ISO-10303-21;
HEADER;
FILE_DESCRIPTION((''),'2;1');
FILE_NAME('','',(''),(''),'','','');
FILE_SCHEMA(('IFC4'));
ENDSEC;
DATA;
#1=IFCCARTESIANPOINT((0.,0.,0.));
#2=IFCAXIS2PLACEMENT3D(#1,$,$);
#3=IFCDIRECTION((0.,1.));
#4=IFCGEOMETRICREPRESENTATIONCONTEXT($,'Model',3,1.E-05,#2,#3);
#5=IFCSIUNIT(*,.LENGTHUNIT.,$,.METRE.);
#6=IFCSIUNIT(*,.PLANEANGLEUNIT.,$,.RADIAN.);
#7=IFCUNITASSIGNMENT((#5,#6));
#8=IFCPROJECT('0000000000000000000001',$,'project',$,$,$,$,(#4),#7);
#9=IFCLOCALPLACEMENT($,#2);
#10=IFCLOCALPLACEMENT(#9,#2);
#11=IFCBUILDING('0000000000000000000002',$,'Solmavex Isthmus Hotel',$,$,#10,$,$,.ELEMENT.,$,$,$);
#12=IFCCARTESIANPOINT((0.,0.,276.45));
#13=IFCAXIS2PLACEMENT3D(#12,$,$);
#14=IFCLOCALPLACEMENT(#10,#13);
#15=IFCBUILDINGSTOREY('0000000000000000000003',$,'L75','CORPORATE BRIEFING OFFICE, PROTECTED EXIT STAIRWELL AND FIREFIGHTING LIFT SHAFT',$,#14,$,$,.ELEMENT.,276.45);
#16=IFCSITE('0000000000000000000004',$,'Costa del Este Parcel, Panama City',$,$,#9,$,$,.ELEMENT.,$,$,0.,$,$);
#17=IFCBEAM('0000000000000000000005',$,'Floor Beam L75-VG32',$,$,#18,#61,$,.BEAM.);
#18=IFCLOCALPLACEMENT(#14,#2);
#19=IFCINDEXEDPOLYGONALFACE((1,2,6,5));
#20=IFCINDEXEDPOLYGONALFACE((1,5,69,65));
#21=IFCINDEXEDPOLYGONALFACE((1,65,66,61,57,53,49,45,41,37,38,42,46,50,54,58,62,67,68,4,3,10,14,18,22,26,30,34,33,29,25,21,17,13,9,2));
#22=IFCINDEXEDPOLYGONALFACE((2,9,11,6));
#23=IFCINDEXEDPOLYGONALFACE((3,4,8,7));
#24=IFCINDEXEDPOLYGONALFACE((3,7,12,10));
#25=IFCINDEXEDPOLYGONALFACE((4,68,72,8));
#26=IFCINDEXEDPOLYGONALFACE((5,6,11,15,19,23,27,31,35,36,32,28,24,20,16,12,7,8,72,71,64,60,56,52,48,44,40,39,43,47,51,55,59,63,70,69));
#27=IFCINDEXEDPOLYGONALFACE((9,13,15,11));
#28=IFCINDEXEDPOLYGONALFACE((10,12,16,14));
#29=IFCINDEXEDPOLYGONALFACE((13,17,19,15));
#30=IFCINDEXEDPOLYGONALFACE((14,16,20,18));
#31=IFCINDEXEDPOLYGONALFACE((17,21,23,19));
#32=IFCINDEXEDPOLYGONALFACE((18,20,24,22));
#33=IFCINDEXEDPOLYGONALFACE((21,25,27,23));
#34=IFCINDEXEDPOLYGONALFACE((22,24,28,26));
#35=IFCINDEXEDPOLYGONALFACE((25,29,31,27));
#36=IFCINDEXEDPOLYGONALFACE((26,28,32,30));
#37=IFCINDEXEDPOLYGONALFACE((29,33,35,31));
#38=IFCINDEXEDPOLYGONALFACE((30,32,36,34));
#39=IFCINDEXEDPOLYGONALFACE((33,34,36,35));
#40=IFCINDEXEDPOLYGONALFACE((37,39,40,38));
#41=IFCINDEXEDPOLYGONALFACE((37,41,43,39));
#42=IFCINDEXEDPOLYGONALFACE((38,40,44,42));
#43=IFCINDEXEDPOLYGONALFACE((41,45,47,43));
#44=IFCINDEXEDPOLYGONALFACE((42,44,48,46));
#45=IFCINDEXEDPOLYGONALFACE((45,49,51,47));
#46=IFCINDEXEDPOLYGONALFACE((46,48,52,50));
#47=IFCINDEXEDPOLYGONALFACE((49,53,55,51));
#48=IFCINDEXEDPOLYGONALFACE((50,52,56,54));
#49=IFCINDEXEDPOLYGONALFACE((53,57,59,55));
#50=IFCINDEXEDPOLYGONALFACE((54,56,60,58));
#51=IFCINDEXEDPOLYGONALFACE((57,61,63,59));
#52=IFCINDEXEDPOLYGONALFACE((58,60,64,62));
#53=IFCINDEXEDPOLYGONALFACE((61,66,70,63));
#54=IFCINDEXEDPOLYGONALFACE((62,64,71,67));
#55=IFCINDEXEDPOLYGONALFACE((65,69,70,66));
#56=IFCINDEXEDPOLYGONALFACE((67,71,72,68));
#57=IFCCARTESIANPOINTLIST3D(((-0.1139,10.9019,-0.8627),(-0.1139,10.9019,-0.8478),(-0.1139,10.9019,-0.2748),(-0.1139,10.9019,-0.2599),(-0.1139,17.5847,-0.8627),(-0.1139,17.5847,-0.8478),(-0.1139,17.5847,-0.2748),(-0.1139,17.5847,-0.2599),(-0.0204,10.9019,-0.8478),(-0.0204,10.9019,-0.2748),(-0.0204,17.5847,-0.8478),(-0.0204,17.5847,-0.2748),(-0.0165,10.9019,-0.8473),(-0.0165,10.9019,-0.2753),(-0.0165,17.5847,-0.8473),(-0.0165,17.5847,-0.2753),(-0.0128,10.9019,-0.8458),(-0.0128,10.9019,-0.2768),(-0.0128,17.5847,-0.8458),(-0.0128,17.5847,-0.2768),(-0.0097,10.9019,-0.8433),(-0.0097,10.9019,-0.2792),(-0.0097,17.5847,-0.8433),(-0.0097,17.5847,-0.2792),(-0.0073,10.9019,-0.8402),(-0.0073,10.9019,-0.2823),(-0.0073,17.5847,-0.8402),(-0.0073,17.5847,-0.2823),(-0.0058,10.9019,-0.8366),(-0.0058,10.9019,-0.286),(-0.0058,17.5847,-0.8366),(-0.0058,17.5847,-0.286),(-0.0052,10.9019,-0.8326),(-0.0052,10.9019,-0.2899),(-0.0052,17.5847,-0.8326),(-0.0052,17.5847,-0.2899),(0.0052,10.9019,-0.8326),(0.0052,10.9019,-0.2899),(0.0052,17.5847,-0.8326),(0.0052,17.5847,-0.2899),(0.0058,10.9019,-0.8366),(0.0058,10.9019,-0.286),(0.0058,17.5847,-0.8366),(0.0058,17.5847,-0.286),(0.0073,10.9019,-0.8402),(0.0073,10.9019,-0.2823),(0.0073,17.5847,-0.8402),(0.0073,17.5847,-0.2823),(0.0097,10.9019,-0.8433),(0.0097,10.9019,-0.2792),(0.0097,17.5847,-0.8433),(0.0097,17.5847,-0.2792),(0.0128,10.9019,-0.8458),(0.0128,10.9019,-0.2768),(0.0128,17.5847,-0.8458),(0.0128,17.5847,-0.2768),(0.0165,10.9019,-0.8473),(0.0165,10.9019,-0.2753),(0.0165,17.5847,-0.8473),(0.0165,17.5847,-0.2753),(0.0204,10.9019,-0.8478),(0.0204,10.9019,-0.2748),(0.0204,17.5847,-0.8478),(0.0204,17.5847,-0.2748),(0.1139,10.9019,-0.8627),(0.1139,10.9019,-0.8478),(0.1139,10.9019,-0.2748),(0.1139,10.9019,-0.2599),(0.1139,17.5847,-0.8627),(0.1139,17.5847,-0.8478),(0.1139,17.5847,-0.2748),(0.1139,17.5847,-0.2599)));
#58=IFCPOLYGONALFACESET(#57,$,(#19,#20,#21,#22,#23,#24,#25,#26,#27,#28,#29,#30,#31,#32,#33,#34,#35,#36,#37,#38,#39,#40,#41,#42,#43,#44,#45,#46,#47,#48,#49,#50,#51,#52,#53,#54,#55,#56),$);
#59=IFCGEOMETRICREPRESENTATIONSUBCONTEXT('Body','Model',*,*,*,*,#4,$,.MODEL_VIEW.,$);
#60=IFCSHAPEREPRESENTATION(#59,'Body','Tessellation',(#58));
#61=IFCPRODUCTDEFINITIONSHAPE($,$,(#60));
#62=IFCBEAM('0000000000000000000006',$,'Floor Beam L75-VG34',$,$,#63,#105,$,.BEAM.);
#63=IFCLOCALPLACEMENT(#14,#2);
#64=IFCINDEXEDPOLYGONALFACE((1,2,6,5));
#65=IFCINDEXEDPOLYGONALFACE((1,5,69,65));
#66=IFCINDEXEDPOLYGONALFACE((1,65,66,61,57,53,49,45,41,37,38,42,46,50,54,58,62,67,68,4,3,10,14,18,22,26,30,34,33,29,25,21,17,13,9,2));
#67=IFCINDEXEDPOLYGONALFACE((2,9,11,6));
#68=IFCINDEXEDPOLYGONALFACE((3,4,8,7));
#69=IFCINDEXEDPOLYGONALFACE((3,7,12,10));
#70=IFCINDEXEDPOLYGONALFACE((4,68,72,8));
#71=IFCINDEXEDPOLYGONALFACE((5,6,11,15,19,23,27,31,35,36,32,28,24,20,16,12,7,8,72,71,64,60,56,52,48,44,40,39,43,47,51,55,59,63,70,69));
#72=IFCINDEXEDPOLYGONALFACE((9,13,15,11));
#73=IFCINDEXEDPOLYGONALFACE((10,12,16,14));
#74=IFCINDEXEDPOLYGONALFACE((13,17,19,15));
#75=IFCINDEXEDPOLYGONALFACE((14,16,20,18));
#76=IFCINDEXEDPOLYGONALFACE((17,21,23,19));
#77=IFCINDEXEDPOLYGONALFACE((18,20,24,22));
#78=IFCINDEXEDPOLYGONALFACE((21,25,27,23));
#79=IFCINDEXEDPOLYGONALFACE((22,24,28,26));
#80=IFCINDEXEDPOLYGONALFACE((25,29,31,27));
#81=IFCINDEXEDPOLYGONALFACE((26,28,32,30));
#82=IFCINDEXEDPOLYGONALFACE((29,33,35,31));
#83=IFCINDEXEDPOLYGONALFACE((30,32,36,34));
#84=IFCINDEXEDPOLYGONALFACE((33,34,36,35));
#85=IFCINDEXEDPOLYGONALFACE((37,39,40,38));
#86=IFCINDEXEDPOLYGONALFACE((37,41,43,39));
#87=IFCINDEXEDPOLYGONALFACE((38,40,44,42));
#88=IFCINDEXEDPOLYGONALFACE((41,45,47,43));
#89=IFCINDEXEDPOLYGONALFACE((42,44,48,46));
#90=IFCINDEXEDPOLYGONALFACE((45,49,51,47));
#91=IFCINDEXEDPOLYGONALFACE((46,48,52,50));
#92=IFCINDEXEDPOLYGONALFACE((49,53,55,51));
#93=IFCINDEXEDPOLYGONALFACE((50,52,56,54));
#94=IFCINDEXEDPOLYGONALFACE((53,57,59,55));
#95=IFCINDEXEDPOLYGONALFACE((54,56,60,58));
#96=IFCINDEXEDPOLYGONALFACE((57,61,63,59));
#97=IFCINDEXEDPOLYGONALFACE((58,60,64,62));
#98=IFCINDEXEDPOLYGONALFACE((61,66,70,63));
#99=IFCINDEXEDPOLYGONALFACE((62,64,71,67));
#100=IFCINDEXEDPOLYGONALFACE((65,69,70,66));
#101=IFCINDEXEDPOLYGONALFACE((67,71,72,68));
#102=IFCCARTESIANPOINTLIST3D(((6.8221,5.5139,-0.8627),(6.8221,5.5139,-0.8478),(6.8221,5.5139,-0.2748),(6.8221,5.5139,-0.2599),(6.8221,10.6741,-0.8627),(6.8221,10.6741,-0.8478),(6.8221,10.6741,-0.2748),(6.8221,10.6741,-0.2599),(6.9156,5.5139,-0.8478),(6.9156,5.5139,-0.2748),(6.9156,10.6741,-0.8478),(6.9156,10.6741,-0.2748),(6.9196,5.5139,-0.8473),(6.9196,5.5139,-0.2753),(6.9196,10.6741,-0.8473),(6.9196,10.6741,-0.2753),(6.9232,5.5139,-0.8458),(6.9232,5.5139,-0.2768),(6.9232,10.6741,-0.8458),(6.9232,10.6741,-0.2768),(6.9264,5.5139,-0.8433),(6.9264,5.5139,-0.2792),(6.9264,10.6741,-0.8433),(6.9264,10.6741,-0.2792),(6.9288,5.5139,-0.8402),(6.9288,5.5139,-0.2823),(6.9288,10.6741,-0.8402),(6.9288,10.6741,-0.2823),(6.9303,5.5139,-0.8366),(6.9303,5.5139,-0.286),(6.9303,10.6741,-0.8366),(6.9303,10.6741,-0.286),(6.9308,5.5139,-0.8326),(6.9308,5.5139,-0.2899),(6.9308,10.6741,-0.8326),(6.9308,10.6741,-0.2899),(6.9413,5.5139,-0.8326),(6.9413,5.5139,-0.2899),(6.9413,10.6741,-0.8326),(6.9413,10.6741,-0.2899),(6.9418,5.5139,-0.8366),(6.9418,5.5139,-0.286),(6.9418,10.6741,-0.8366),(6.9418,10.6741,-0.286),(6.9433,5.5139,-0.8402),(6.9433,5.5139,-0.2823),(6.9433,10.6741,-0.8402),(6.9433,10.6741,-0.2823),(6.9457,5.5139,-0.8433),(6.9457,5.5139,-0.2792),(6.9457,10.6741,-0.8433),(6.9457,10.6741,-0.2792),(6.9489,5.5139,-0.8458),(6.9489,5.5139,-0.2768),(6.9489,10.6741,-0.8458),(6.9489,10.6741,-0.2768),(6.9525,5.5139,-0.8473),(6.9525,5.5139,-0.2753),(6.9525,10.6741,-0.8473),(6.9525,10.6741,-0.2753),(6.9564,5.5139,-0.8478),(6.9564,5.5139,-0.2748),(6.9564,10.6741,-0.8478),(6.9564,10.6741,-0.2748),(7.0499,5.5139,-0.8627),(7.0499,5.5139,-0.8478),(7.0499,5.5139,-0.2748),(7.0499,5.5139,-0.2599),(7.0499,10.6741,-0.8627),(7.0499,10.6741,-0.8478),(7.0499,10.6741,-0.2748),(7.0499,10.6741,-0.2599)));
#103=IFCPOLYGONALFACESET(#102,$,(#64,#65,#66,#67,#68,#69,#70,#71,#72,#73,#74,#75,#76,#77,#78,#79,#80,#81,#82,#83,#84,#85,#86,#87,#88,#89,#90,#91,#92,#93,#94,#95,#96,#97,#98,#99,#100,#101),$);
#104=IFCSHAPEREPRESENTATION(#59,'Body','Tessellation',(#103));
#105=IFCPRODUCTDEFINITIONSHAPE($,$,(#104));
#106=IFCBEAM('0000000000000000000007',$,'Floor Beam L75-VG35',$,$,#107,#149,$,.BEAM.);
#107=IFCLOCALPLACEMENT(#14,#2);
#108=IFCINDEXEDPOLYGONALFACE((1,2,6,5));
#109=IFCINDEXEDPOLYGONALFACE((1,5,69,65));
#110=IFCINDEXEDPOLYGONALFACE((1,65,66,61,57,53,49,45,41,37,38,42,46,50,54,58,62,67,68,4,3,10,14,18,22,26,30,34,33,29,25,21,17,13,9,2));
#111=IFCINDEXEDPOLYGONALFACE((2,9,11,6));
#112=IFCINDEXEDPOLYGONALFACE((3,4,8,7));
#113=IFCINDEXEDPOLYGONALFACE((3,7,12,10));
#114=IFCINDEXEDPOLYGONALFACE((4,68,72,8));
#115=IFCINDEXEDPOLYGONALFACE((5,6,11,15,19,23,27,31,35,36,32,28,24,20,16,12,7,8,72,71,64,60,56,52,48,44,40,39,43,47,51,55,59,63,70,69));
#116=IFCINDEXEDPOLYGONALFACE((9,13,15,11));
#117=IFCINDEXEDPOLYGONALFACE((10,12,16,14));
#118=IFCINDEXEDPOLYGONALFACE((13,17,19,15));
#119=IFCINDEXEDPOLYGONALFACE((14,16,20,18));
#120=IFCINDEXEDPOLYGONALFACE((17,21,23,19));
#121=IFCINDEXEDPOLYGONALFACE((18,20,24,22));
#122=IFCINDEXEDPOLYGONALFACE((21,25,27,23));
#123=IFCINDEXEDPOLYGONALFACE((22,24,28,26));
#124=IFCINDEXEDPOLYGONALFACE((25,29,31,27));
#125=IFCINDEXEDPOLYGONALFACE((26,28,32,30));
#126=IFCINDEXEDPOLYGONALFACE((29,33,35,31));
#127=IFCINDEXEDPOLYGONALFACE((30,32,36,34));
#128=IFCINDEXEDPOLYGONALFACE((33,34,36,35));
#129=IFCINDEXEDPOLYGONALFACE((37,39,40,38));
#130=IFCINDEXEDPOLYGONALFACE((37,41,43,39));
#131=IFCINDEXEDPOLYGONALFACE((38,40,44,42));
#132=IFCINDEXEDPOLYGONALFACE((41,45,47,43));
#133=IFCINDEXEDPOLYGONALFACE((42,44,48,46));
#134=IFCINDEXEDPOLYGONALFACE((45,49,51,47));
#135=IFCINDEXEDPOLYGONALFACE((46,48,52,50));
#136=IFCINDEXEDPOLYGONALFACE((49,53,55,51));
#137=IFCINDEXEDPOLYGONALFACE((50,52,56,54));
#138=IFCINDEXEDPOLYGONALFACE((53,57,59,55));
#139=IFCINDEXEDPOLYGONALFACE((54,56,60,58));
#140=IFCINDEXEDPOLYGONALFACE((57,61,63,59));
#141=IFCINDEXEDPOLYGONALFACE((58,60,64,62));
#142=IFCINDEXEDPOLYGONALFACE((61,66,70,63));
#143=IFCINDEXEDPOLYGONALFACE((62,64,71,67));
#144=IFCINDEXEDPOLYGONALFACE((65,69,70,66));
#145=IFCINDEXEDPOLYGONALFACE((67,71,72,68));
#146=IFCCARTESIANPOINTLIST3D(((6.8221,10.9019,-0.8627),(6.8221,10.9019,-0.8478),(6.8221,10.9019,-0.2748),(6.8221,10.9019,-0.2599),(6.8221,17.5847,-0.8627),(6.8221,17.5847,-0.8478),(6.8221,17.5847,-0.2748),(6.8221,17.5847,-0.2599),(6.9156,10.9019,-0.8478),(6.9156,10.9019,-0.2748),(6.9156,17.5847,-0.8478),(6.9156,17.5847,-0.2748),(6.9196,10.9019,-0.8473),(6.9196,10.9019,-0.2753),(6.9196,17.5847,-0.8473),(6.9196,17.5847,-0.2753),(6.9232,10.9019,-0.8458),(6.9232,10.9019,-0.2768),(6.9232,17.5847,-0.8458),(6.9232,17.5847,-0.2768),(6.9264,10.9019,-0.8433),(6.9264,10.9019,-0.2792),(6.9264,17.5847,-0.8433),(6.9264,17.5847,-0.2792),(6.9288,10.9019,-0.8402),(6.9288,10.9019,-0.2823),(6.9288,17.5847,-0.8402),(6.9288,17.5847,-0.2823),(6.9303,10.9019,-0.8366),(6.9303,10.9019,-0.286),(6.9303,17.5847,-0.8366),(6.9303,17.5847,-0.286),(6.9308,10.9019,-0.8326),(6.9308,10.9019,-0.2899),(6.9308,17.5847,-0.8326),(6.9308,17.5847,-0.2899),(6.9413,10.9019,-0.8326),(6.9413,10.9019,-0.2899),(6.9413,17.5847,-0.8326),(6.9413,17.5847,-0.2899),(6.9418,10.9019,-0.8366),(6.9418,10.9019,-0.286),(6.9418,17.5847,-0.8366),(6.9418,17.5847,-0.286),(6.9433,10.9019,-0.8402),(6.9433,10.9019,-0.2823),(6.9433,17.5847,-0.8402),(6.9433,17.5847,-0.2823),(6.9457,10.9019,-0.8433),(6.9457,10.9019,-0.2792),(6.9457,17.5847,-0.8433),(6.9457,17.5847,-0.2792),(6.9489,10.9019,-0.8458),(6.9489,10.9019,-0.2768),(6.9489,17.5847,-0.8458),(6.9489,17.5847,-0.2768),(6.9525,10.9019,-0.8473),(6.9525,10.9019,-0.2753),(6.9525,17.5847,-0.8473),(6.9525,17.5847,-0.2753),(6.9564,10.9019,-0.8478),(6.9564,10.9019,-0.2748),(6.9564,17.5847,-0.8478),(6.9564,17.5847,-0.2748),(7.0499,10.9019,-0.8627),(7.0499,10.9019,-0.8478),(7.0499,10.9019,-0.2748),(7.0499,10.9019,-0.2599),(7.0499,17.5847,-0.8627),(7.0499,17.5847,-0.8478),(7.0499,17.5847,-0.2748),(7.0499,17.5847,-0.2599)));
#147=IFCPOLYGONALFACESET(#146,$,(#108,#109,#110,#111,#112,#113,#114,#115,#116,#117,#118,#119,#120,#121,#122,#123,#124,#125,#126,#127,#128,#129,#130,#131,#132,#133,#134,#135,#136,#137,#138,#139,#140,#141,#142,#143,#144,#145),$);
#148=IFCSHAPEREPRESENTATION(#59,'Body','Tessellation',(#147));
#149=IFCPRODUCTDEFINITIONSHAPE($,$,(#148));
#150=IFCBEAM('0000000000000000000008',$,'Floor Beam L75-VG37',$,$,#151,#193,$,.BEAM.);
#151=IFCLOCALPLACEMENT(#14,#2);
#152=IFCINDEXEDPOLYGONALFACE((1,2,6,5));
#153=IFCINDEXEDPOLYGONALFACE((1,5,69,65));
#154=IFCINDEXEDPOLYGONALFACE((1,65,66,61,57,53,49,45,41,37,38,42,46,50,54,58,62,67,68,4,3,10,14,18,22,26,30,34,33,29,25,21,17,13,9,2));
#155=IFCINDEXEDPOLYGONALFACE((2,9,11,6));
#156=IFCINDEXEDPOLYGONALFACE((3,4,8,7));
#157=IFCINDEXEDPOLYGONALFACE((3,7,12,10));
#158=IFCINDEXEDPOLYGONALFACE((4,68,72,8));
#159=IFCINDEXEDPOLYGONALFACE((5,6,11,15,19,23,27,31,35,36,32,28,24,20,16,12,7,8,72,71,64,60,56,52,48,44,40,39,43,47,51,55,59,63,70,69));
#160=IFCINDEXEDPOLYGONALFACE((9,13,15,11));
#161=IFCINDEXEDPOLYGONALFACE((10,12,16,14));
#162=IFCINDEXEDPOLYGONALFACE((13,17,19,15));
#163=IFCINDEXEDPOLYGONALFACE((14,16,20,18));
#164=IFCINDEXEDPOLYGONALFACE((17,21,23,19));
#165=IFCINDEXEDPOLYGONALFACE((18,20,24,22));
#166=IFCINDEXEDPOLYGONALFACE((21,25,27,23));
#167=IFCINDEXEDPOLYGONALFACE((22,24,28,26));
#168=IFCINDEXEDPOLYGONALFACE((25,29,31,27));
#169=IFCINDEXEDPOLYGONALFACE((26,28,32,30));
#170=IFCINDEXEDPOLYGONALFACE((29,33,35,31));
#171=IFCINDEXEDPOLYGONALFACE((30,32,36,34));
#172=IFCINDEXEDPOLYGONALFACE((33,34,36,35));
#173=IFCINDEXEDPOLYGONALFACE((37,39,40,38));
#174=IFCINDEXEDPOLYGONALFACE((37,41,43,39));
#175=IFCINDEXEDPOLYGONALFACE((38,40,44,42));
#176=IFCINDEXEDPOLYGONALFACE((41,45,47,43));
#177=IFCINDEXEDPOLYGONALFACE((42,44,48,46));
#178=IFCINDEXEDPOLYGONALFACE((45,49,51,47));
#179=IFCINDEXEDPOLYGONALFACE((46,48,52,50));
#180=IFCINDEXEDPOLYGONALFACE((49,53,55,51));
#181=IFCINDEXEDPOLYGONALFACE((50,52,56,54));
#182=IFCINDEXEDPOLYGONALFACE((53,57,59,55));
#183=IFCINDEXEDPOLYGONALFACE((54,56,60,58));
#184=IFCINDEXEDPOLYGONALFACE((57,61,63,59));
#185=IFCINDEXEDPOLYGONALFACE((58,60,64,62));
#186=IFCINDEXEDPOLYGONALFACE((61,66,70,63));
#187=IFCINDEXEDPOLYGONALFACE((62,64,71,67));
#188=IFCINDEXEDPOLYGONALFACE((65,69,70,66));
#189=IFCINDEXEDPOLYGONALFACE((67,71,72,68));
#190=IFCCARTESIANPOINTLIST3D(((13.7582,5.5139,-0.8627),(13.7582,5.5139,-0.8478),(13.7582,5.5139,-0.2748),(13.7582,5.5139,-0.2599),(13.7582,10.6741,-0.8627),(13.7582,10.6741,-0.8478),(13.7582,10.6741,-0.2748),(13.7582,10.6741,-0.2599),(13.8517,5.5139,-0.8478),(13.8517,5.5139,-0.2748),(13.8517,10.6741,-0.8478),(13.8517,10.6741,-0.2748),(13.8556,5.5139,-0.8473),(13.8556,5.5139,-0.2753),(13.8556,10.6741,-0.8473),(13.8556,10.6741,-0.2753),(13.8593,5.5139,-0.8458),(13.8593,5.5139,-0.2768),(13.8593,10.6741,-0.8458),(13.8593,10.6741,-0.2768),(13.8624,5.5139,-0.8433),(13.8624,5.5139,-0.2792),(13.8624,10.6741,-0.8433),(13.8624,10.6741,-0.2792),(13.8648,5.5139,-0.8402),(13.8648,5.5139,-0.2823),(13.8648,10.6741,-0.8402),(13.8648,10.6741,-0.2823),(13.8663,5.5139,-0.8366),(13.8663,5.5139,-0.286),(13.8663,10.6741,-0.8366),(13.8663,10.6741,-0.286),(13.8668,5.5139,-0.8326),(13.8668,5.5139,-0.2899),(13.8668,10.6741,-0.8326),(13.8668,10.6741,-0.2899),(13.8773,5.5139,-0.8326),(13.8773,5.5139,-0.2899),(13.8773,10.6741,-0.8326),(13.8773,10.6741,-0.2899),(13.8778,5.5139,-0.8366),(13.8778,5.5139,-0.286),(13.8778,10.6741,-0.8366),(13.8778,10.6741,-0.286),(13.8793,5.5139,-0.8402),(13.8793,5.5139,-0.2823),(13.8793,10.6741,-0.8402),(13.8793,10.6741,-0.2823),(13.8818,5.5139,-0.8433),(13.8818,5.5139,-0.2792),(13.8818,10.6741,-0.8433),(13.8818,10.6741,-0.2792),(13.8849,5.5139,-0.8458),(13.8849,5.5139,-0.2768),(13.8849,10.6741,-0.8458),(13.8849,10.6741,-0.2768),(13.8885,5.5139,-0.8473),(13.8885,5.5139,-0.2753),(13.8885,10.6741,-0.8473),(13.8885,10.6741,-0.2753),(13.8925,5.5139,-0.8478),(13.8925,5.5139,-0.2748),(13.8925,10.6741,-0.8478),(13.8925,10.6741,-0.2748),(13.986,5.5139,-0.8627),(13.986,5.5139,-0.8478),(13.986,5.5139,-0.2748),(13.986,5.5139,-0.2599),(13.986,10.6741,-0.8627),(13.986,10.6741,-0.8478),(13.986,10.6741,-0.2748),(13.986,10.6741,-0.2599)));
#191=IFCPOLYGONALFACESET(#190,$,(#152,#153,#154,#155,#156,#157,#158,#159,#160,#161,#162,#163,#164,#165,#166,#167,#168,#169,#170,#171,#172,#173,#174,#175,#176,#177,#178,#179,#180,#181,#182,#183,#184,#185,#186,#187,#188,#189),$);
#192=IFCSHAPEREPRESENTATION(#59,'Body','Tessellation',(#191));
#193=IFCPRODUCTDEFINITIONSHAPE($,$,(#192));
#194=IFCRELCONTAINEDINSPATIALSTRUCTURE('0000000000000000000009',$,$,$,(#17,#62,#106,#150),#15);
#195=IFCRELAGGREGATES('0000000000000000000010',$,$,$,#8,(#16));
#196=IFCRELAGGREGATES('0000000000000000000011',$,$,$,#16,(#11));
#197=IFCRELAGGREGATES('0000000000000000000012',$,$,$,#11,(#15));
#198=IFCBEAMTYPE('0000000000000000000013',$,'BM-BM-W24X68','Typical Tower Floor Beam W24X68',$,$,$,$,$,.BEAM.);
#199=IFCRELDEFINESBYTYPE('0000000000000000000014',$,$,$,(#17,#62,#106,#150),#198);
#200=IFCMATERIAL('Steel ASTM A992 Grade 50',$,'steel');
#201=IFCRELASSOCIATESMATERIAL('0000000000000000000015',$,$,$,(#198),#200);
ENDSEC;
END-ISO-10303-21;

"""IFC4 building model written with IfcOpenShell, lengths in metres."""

from ifc_helpers import new_model, si_unit, direction, frame, origin, origin_2d, place, context, subcontext, project, spatial, i_section, extrude, material, material_profile, profile_set, type_object, element, save


model = new_model("IFC4")

# Units and contexts
model_context = context("Model", 3, precision=1e-05, world=origin(), true_north=direction((0.0, 1.0)))
body_context = subcontext(model_context, "Body", "Model", "MODEL_VIEW")
ifc_project = project(units=[si_unit("LENGTHUNIT", "METRE"), si_unit("PLANEANGLEUNIT", "RADIAN")], contexts=[model_context])

# Site, building, storey
site_placement = place(None, origin())
site = spatial("IfcSite", under=ifc_project, at=site_placement, Name="Costa del Este Parcel, Panama City", CompositionType="ELEMENT", RefElevation=0.0)
building_placement = place(site_placement, origin())
building = spatial("IfcBuilding", under=site, at=building_placement, Name="Solmavex Isthmus Hotel", CompositionType="ELEMENT")
storey_placement = place(building_placement, frame((0.0, 0.0, 276.45)))
storey = spatial("IfcBuildingStorey", under=building, at=storey_placement, Name="L75", Description="CORPORATE BRIEFING OFFICE, PROTECTED EXIT STAIRWELL AND FIREFIGHTING LIFT SHAFT", CompositionType="ELEMENT", Elevation=276.45)

# Beams
ifc_material_1 = material(Name="Steel ASTM A992 Grade 50", Category="steel")
ifc_material_profile_1 = material_profile(ifc_material_1, i_section(OverallWidth=0.2278, OverallDepth=0.6028, WebThickness=0.0105, FlangeThickness=0.0149, FilletRadius=0.0151, at=origin_2d()), Name="W24X68")
ifc_profile_set_1 = profile_set([ifc_material_profile_1], Name="Steel ASTM A992 Grade 50")
beam_type_1 = type_object("IfcBeamType", Name="BM-BM-W24X68", Description="Typical Tower Floor Beam W24X68", PredefinedType="BEAM", material=ifc_profile_set_1)
beam_1_placement = place(storey_placement, frame((0.0, 10.9019, -0.5613), z_axis=(0.0, 1.0, 0.0), x_axis=(-1.0, 0.0, 0.0)))
element("IfcBeam", 1, at=beam_1_placement, inside=storey, type_object=beam_type_1, Name="Floor Beam L75-VG32", PredefinedType="BEAM", context=body_context, shape_type="SweptSolid", body=[
    extrude(i_section(OverallWidth=0.2278, OverallDepth=0.6028, WebThickness=0.0105, FlangeThickness=0.0149, FilletRadius=0.0151, at=origin_2d()), origin(), (0.0, 0.0, 1.0), 6.6829),
])
beam_2_placement = place(storey_placement, frame((6.936, 5.5139, -0.5613), z_axis=(0.0, 1.0, 0.0), x_axis=(-1.0, 0.0, 0.0)))
element("IfcBeam", 2, at=beam_2_placement, inside=storey, type_object=beam_type_1, Name="Floor Beam L75-VG34", PredefinedType="BEAM", context=body_context, shape_type="SweptSolid", body=[
    extrude(i_section(OverallWidth=0.2278, OverallDepth=0.6028, WebThickness=0.0105, FlangeThickness=0.0149, FilletRadius=0.0151, at=origin_2d()), origin(), (0.0, 0.0, 1.0), 5.1602),
])
beam_3_placement = place(storey_placement, frame((6.936, 10.9019, -0.5613), z_axis=(0.0, 1.0, 0.0), x_axis=(-1.0, 0.0, 0.0)))
element("IfcBeam", 3, at=beam_3_placement, inside=storey, type_object=beam_type_1, Name="Floor Beam L75-VG35", PredefinedType="BEAM", context=body_context, shape_type="SweptSolid", body=[
    extrude(i_section(OverallWidth=0.2278, OverallDepth=0.6028, WebThickness=0.0105, FlangeThickness=0.0149, FilletRadius=0.0151, at=origin_2d()), origin(), (0.0, 0.0, 1.0), 6.6829),
])
beam_4_placement = place(storey_placement, frame((13.8721, 5.5139, -0.5613), z_axis=(0.0, 1.0, 0.0), x_axis=(-1.0, 0.0, 0.0)))
element("IfcBeam", 4, at=beam_4_placement, inside=storey, type_object=beam_type_1, Name="Floor Beam L75-VG37", PredefinedType="BEAM", context=body_context, shape_type="SweptSolid", body=[
    extrude(i_section(OverallWidth=0.2278, OverallDepth=0.6028, WebThickness=0.0105, FlangeThickness=0.0149, FilletRadius=0.0151, at=origin_2d()), origin(), (0.0, 0.0, 1.0), 5.1602),
])

save(model, "model.ifc")
